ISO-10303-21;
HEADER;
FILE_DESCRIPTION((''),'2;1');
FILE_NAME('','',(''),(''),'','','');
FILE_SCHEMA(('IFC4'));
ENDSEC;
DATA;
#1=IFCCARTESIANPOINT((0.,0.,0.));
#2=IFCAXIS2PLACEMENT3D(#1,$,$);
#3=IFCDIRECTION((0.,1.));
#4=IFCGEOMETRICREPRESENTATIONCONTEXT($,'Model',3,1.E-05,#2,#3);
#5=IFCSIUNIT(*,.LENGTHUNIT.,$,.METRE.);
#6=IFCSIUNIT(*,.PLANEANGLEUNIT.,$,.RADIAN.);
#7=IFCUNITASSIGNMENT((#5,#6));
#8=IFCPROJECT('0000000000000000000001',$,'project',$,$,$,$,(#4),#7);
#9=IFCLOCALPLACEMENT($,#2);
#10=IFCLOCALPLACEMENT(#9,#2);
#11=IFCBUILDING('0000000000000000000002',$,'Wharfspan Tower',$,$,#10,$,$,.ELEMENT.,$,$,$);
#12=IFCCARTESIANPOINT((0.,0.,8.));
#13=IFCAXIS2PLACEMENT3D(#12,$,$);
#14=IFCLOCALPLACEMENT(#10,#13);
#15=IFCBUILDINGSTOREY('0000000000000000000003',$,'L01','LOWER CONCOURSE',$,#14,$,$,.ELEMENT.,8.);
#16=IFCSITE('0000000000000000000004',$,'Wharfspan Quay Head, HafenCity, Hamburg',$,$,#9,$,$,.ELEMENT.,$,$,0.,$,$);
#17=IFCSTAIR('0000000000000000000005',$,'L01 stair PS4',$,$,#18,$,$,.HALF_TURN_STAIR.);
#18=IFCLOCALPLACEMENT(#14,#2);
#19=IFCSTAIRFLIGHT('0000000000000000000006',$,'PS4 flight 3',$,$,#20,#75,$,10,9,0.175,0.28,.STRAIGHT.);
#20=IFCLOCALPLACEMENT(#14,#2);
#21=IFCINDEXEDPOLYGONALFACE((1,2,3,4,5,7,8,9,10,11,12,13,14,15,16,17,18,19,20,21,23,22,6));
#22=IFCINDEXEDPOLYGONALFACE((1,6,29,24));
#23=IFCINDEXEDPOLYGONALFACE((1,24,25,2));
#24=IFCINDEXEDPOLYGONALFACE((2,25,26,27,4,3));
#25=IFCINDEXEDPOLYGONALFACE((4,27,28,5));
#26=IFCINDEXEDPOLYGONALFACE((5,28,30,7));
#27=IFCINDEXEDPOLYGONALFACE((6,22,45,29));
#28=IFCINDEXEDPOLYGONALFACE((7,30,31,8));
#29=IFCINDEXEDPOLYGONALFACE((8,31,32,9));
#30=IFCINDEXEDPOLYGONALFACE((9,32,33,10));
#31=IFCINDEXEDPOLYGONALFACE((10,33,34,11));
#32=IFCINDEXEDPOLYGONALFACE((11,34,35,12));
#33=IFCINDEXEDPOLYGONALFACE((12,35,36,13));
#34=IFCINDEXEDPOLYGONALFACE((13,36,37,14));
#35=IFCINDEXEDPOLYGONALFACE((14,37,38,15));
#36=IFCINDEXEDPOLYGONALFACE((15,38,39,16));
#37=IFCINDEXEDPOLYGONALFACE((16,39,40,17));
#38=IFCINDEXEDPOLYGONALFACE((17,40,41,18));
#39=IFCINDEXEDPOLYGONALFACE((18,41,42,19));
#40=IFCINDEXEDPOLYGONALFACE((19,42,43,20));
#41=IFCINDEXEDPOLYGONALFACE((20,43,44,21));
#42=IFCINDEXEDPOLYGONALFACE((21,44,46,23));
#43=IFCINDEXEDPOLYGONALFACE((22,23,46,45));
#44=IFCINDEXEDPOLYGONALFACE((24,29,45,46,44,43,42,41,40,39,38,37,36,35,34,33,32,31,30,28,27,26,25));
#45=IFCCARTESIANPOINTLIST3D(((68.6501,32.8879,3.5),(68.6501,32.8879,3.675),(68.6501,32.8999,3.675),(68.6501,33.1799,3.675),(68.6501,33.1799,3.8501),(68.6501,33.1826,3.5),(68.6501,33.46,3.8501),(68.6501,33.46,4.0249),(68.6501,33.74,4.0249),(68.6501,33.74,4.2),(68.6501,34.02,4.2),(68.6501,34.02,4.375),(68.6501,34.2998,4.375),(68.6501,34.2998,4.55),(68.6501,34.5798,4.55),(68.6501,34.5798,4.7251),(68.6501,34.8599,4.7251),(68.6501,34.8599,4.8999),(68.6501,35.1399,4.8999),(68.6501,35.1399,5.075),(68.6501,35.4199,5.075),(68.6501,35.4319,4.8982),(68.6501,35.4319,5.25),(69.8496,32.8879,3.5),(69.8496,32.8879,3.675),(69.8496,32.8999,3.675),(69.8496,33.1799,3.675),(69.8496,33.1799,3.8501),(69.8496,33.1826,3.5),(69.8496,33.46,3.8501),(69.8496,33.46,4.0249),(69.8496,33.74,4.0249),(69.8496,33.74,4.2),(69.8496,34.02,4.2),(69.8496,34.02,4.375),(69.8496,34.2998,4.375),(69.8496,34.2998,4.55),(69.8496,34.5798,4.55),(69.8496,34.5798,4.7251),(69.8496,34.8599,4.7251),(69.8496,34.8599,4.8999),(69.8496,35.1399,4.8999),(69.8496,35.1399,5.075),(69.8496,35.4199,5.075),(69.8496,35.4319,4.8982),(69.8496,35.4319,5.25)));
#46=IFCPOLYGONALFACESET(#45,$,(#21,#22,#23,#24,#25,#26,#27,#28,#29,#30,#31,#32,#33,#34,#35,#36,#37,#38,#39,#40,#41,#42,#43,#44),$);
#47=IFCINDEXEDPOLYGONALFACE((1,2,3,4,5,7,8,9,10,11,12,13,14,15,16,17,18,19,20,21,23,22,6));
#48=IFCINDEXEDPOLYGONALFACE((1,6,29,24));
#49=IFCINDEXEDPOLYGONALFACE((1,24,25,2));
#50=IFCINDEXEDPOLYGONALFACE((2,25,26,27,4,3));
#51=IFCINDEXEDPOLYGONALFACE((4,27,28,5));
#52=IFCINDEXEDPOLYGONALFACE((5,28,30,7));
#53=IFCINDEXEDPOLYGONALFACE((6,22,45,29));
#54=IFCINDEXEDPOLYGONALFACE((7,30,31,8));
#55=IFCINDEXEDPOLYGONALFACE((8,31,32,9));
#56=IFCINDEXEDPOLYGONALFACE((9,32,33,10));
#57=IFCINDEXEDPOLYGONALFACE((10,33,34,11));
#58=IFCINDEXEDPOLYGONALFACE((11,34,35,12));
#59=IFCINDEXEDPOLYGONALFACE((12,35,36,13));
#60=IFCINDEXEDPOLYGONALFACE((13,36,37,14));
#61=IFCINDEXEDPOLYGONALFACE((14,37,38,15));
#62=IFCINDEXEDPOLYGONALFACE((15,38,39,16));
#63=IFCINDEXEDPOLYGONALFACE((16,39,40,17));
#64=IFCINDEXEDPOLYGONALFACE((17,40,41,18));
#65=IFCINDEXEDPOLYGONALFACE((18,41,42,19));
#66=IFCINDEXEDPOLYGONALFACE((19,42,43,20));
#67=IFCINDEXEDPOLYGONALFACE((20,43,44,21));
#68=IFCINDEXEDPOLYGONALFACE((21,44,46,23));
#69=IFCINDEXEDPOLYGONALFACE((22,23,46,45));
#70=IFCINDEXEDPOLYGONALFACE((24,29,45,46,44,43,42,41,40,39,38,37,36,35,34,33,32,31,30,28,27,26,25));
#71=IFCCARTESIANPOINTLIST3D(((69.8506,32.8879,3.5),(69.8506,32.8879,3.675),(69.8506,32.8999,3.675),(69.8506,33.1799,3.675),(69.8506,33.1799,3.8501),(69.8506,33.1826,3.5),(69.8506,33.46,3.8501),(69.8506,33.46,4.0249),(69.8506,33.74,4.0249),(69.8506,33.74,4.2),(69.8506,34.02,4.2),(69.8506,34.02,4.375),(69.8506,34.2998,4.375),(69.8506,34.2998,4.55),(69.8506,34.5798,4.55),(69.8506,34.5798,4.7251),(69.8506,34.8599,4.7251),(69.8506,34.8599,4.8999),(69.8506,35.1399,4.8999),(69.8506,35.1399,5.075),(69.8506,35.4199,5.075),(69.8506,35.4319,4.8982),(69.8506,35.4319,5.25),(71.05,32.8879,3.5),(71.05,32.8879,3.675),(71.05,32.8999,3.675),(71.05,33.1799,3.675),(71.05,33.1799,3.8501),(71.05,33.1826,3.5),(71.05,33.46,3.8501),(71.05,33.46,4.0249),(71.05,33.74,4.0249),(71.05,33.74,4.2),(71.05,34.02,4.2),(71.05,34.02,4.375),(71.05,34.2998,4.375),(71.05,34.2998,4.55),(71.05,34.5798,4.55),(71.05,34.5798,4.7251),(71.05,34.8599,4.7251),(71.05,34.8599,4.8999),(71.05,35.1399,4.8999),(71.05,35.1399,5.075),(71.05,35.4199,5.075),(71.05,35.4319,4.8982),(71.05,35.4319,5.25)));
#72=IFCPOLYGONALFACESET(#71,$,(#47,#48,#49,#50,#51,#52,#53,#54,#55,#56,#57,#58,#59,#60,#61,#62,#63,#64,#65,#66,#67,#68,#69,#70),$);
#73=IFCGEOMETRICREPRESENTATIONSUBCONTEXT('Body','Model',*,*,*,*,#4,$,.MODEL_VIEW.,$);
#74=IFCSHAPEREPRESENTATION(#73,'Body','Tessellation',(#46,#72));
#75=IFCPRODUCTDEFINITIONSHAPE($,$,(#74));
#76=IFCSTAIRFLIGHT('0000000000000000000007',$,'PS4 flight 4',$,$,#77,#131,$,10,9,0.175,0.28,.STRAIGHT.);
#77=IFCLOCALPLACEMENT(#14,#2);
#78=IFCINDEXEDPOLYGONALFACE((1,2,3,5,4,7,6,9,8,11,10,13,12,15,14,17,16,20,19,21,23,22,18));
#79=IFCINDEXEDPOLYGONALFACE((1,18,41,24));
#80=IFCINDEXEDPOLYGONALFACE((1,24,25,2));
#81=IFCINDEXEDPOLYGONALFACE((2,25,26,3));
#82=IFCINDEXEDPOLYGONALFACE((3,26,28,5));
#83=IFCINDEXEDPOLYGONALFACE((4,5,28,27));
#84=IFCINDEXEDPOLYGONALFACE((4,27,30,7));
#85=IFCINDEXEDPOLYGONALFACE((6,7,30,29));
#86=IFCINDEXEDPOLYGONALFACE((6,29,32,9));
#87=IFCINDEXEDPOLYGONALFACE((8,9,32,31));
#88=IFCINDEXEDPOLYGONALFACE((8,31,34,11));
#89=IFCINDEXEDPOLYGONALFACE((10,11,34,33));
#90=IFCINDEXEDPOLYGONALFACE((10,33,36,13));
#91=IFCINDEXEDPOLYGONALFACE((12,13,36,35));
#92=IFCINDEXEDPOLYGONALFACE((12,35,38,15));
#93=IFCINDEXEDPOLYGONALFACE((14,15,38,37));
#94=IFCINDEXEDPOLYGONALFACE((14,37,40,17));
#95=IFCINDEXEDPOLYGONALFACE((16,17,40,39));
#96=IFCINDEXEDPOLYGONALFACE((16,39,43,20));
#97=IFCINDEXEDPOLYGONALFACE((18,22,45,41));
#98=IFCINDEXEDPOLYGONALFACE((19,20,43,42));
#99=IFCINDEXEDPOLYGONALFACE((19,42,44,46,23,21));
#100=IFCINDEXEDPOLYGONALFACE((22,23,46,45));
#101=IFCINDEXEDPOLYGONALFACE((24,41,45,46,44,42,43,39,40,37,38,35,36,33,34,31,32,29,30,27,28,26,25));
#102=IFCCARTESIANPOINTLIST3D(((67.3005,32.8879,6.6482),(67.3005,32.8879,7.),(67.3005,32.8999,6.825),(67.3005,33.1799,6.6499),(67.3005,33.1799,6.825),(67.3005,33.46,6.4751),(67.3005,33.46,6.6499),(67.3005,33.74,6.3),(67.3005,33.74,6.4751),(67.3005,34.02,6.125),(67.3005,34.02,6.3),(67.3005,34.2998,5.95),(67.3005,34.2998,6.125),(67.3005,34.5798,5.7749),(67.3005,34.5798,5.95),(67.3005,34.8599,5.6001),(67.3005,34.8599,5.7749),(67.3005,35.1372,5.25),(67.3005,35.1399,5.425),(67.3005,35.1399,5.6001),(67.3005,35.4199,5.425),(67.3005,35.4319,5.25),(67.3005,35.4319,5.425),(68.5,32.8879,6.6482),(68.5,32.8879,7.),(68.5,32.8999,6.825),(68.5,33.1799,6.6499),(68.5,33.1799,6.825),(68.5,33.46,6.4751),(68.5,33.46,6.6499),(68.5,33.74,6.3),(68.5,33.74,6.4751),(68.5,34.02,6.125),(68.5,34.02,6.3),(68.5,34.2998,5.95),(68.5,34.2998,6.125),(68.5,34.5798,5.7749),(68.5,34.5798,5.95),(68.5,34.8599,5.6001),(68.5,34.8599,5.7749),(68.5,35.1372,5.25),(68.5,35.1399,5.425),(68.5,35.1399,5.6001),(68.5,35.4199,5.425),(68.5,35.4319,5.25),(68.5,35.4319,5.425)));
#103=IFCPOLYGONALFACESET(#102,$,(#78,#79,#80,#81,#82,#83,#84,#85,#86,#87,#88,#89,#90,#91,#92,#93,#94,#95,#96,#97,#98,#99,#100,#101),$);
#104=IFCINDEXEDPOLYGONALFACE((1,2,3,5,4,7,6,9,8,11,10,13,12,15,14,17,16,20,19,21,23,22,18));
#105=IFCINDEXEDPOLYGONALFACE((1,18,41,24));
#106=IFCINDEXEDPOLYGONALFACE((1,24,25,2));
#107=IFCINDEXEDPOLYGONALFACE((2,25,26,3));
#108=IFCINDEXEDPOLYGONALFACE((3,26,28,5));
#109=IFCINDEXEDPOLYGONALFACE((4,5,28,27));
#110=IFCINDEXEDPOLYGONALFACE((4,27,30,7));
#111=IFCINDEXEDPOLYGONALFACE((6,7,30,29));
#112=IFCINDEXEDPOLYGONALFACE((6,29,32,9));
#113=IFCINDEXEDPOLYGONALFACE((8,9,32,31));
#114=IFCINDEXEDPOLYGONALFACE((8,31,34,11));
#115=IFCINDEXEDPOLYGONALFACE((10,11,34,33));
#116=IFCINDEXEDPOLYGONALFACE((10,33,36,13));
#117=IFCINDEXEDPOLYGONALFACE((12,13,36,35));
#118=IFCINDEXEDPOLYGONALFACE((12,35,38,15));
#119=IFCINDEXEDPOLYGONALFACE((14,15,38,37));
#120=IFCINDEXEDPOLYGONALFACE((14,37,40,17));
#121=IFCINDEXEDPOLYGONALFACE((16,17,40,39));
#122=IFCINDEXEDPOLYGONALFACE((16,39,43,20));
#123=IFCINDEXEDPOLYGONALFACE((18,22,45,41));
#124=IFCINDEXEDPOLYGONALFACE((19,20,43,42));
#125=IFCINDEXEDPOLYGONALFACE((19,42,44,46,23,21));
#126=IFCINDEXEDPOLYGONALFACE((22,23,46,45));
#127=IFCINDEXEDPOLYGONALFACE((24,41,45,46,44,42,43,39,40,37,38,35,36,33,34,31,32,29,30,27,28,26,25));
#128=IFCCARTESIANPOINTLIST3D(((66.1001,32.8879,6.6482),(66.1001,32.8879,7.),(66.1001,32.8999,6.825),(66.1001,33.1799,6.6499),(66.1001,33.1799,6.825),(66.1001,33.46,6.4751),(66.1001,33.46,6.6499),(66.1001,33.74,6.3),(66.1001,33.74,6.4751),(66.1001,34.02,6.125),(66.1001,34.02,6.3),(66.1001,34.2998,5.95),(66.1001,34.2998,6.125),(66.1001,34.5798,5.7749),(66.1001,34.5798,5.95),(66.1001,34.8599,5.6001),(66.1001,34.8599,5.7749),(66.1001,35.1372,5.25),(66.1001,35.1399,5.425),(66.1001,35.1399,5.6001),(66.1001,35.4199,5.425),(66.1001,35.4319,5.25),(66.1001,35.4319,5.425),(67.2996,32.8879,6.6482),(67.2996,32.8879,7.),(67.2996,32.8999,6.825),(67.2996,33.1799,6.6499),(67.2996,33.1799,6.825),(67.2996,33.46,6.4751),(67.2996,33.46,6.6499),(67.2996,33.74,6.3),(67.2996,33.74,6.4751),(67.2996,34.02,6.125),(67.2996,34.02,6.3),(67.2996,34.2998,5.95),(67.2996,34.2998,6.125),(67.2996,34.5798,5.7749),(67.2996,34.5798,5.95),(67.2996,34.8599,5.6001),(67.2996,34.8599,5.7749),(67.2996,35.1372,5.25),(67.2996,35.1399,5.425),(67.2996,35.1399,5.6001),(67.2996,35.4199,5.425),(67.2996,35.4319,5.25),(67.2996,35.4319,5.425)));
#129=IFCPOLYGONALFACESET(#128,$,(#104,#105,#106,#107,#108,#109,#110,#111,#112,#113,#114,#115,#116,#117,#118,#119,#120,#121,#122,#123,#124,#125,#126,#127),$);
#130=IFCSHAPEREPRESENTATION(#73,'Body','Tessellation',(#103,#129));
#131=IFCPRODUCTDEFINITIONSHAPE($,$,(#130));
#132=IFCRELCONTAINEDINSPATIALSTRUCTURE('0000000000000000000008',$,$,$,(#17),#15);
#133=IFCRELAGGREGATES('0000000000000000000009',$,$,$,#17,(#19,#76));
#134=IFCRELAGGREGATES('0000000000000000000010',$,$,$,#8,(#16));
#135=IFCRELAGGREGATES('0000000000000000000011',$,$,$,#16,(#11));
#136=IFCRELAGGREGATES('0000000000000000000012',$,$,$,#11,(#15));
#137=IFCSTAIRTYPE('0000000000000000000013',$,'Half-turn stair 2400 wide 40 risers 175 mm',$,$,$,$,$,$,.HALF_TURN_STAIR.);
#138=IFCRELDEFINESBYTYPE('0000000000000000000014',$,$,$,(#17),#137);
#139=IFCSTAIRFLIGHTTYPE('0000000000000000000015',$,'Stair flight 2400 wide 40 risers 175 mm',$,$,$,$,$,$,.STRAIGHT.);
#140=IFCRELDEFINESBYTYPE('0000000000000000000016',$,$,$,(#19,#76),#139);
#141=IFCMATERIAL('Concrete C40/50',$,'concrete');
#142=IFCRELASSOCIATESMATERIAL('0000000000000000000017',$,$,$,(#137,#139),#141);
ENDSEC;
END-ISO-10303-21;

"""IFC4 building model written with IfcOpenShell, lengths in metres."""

from ifc_helpers import new_model, si_unit, direction, frame, origin, place, context, subcontext, project, spatial, polyline, outline, extrude, material, type_object, element, aggregate, save


model = new_model("IFC4")

# Units and contexts
model_context = context("Model", 3, precision=1e-05, world=origin(), true_north=direction((0.0, 1.0)))
body_context = subcontext(model_context, "Body", "Model", "MODEL_VIEW")
ifc_project = project(units=[si_unit("LENGTHUNIT", "METRE"), si_unit("PLANEANGLEUNIT", "RADIAN")], contexts=[model_context])

# Site, building, storey
site_placement = place(None, origin())
site = spatial("IfcSite", under=ifc_project, at=site_placement, Name="Wharfspan Quay Head, HafenCity, Hamburg", CompositionType="ELEMENT", RefElevation=0.0)
building_placement = place(site_placement, origin())
building = spatial("IfcBuilding", under=site, at=building_placement, Name="Wharfspan Tower", CompositionType="ELEMENT")
storey_placement = place(building_placement, frame((0.0, 0.0, 8.0)))
storey = spatial("IfcBuildingStorey", under=building, at=storey_placement, Name="L01", Description="LOWER CONCOURSE", CompositionType="ELEMENT", Elevation=8.0)

# Shared definitions
ifc_material_1 = material(Name="Concrete C40/50", Category="concrete")

# Stair, stair flights
stair_type = type_object("IfcStairType", Name="Half-turn stair 2400 wide 40 risers 175 mm", PredefinedType="HALF_TURN_STAIR", material=ifc_material_1)
stair_placement = place(storey_placement, origin())
stair = element("IfcStair", 1, at=stair_placement, inside=storey, type_object=stair_type, Name="L01 stair PS4", PredefinedType="HALF_TURN_STAIR")
stair_flight_type = type_object("IfcStairFlightType", Name="Stair flight 2400 wide 40 risers 175 mm", PredefinedType="STRAIGHT", material=ifc_material_1)
stair_flight_1_placement = place(storey_placement, frame((69.8501, 32.8999, 3.5), z_axis=(0.0, 0.0, 1.0), x_axis=(0.0, 1.0, 0.0)))
stair_flight_1 = element("IfcStairFlight", 2, at=stair_flight_1_placement, type_object=stair_flight_type, Name="PS4 flight 3", NumberOfRisers=10, NumberOfTreads=9, PredefinedType="STRAIGHT", RiserHeight=0.175, TreadLength=0.28, context=body_context, shape_type="SweptSolid", body=[
    extrude(outline(polyline([(-0.012, 0.0), (-0.012, 0.175), (0.0, 0.175), (0.28, 0.175), (0.28, 0.3501), (0.5601, 0.3501), (0.5601, 0.5249), (0.8401, 0.5249), (0.8401, 0.7), (1.1201, 0.7), (1.1201, 0.875), (1.3999, 0.875), (1.3999, 1.05), (1.6799, 1.05), (1.6799, 1.2251), (1.96, 1.2251), (1.96, 1.3999), (2.24, 1.3999), (2.24, 1.575), (2.52, 1.575), (2.532, 1.75), (2.532, 1.3982), (0.2827, 0.0), (-0.012, 0.0)])), frame((0.0, 1.2, 0.0), z_axis=(0.0, -1.0, 0.0), x_axis=(1.0, 0.0, 0.0)), (0.0, 0.0, 1.0), 1.1995),
    extrude(outline(polyline([(-0.012, 0.0), (-0.012, 0.175), (0.0, 0.175), (0.28, 0.175), (0.28, 0.3501), (0.5601, 0.3501), (0.5601, 0.5249), (0.8401, 0.5249), (0.8401, 0.7), (1.1201, 0.7), (1.1201, 0.875), (1.3999, 0.875), (1.3999, 1.05), (1.6799, 1.05), (1.6799, 1.2251), (1.96, 1.2251), (1.96, 1.3999), (2.24, 1.3999), (2.24, 1.575), (2.52, 1.575), (2.532, 1.75), (2.532, 1.3982), (0.2827, 0.0), (-0.012, 0.0)])), frame((0.0, -0.0005, 0.0), z_axis=(0.0, -1.0, 0.0), x_axis=(1.0, 0.0, 0.0)), (0.0, 0.0, 1.0), 1.1995),
])
stair_flight_2_placement = place(storey_placement, frame((67.3, 35.4199, 5.25), z_axis=(0.0, 0.0, 1.0), x_axis=(0.0, -1.0, 0.0)))
stair_flight_2 = element("IfcStairFlight", 3, at=stair_flight_2_placement, type_object=stair_flight_type, Name="PS4 flight 4", NumberOfRisers=10, NumberOfTreads=9, PredefinedType="STRAIGHT", RiserHeight=0.175, TreadLength=0.28, context=body_context, shape_type="SweptSolid", body=[
    extrude(outline(polyline([(-0.012, 0.0), (-0.012, 0.175), (0.0, 0.175), (0.28, 0.175), (0.28, 0.3501), (0.5601, 0.3501), (0.5601, 0.5249), (0.8401, 0.5249), (0.8401, 0.7), (1.1201, 0.7), (1.1201, 0.875), (1.3999, 0.875), (1.3999, 1.05), (1.6799, 1.05), (1.6799, 1.2251), (1.96, 1.2251), (1.96, 1.3999), (2.24, 1.3999), (2.24, 1.575), (2.52, 1.575), (2.532, 1.75), (2.532, 1.3982), (0.2827, 0.0), (-0.012, 0.0)])), frame((0.0, 1.2, 0.0), z_axis=(0.0, -1.0, 0.0), x_axis=(1.0, 0.0, 0.0)), (0.0, 0.0, 1.0), 1.1995),
    extrude(outline(polyline([(-0.012, 0.0), (-0.012, 0.175), (0.0, 0.175), (0.28, 0.175), (0.28, 0.3501), (0.5601, 0.3501), (0.5601, 0.5249), (0.8401, 0.5249), (0.8401, 0.7), (1.1201, 0.7), (1.1201, 0.875), (1.3999, 0.875), (1.3999, 1.05), (1.6799, 1.05), (1.6799, 1.2251), (1.96, 1.2251), (1.96, 1.3999), (2.24, 1.3999), (2.24, 1.575), (2.52, 1.575), (2.532, 1.75), (2.532, 1.3982), (0.2827, 0.0), (-0.012, 0.0)])), frame((0.0, -0.0005, 0.0), z_axis=(0.0, -1.0, 0.0), x_axis=(1.0, 0.0, 0.0)), (0.0, 0.0, 1.0), 1.1995),
])
aggregate(stair, [stair_flight_1, stair_flight_2])

save(model, "model.ifc")
